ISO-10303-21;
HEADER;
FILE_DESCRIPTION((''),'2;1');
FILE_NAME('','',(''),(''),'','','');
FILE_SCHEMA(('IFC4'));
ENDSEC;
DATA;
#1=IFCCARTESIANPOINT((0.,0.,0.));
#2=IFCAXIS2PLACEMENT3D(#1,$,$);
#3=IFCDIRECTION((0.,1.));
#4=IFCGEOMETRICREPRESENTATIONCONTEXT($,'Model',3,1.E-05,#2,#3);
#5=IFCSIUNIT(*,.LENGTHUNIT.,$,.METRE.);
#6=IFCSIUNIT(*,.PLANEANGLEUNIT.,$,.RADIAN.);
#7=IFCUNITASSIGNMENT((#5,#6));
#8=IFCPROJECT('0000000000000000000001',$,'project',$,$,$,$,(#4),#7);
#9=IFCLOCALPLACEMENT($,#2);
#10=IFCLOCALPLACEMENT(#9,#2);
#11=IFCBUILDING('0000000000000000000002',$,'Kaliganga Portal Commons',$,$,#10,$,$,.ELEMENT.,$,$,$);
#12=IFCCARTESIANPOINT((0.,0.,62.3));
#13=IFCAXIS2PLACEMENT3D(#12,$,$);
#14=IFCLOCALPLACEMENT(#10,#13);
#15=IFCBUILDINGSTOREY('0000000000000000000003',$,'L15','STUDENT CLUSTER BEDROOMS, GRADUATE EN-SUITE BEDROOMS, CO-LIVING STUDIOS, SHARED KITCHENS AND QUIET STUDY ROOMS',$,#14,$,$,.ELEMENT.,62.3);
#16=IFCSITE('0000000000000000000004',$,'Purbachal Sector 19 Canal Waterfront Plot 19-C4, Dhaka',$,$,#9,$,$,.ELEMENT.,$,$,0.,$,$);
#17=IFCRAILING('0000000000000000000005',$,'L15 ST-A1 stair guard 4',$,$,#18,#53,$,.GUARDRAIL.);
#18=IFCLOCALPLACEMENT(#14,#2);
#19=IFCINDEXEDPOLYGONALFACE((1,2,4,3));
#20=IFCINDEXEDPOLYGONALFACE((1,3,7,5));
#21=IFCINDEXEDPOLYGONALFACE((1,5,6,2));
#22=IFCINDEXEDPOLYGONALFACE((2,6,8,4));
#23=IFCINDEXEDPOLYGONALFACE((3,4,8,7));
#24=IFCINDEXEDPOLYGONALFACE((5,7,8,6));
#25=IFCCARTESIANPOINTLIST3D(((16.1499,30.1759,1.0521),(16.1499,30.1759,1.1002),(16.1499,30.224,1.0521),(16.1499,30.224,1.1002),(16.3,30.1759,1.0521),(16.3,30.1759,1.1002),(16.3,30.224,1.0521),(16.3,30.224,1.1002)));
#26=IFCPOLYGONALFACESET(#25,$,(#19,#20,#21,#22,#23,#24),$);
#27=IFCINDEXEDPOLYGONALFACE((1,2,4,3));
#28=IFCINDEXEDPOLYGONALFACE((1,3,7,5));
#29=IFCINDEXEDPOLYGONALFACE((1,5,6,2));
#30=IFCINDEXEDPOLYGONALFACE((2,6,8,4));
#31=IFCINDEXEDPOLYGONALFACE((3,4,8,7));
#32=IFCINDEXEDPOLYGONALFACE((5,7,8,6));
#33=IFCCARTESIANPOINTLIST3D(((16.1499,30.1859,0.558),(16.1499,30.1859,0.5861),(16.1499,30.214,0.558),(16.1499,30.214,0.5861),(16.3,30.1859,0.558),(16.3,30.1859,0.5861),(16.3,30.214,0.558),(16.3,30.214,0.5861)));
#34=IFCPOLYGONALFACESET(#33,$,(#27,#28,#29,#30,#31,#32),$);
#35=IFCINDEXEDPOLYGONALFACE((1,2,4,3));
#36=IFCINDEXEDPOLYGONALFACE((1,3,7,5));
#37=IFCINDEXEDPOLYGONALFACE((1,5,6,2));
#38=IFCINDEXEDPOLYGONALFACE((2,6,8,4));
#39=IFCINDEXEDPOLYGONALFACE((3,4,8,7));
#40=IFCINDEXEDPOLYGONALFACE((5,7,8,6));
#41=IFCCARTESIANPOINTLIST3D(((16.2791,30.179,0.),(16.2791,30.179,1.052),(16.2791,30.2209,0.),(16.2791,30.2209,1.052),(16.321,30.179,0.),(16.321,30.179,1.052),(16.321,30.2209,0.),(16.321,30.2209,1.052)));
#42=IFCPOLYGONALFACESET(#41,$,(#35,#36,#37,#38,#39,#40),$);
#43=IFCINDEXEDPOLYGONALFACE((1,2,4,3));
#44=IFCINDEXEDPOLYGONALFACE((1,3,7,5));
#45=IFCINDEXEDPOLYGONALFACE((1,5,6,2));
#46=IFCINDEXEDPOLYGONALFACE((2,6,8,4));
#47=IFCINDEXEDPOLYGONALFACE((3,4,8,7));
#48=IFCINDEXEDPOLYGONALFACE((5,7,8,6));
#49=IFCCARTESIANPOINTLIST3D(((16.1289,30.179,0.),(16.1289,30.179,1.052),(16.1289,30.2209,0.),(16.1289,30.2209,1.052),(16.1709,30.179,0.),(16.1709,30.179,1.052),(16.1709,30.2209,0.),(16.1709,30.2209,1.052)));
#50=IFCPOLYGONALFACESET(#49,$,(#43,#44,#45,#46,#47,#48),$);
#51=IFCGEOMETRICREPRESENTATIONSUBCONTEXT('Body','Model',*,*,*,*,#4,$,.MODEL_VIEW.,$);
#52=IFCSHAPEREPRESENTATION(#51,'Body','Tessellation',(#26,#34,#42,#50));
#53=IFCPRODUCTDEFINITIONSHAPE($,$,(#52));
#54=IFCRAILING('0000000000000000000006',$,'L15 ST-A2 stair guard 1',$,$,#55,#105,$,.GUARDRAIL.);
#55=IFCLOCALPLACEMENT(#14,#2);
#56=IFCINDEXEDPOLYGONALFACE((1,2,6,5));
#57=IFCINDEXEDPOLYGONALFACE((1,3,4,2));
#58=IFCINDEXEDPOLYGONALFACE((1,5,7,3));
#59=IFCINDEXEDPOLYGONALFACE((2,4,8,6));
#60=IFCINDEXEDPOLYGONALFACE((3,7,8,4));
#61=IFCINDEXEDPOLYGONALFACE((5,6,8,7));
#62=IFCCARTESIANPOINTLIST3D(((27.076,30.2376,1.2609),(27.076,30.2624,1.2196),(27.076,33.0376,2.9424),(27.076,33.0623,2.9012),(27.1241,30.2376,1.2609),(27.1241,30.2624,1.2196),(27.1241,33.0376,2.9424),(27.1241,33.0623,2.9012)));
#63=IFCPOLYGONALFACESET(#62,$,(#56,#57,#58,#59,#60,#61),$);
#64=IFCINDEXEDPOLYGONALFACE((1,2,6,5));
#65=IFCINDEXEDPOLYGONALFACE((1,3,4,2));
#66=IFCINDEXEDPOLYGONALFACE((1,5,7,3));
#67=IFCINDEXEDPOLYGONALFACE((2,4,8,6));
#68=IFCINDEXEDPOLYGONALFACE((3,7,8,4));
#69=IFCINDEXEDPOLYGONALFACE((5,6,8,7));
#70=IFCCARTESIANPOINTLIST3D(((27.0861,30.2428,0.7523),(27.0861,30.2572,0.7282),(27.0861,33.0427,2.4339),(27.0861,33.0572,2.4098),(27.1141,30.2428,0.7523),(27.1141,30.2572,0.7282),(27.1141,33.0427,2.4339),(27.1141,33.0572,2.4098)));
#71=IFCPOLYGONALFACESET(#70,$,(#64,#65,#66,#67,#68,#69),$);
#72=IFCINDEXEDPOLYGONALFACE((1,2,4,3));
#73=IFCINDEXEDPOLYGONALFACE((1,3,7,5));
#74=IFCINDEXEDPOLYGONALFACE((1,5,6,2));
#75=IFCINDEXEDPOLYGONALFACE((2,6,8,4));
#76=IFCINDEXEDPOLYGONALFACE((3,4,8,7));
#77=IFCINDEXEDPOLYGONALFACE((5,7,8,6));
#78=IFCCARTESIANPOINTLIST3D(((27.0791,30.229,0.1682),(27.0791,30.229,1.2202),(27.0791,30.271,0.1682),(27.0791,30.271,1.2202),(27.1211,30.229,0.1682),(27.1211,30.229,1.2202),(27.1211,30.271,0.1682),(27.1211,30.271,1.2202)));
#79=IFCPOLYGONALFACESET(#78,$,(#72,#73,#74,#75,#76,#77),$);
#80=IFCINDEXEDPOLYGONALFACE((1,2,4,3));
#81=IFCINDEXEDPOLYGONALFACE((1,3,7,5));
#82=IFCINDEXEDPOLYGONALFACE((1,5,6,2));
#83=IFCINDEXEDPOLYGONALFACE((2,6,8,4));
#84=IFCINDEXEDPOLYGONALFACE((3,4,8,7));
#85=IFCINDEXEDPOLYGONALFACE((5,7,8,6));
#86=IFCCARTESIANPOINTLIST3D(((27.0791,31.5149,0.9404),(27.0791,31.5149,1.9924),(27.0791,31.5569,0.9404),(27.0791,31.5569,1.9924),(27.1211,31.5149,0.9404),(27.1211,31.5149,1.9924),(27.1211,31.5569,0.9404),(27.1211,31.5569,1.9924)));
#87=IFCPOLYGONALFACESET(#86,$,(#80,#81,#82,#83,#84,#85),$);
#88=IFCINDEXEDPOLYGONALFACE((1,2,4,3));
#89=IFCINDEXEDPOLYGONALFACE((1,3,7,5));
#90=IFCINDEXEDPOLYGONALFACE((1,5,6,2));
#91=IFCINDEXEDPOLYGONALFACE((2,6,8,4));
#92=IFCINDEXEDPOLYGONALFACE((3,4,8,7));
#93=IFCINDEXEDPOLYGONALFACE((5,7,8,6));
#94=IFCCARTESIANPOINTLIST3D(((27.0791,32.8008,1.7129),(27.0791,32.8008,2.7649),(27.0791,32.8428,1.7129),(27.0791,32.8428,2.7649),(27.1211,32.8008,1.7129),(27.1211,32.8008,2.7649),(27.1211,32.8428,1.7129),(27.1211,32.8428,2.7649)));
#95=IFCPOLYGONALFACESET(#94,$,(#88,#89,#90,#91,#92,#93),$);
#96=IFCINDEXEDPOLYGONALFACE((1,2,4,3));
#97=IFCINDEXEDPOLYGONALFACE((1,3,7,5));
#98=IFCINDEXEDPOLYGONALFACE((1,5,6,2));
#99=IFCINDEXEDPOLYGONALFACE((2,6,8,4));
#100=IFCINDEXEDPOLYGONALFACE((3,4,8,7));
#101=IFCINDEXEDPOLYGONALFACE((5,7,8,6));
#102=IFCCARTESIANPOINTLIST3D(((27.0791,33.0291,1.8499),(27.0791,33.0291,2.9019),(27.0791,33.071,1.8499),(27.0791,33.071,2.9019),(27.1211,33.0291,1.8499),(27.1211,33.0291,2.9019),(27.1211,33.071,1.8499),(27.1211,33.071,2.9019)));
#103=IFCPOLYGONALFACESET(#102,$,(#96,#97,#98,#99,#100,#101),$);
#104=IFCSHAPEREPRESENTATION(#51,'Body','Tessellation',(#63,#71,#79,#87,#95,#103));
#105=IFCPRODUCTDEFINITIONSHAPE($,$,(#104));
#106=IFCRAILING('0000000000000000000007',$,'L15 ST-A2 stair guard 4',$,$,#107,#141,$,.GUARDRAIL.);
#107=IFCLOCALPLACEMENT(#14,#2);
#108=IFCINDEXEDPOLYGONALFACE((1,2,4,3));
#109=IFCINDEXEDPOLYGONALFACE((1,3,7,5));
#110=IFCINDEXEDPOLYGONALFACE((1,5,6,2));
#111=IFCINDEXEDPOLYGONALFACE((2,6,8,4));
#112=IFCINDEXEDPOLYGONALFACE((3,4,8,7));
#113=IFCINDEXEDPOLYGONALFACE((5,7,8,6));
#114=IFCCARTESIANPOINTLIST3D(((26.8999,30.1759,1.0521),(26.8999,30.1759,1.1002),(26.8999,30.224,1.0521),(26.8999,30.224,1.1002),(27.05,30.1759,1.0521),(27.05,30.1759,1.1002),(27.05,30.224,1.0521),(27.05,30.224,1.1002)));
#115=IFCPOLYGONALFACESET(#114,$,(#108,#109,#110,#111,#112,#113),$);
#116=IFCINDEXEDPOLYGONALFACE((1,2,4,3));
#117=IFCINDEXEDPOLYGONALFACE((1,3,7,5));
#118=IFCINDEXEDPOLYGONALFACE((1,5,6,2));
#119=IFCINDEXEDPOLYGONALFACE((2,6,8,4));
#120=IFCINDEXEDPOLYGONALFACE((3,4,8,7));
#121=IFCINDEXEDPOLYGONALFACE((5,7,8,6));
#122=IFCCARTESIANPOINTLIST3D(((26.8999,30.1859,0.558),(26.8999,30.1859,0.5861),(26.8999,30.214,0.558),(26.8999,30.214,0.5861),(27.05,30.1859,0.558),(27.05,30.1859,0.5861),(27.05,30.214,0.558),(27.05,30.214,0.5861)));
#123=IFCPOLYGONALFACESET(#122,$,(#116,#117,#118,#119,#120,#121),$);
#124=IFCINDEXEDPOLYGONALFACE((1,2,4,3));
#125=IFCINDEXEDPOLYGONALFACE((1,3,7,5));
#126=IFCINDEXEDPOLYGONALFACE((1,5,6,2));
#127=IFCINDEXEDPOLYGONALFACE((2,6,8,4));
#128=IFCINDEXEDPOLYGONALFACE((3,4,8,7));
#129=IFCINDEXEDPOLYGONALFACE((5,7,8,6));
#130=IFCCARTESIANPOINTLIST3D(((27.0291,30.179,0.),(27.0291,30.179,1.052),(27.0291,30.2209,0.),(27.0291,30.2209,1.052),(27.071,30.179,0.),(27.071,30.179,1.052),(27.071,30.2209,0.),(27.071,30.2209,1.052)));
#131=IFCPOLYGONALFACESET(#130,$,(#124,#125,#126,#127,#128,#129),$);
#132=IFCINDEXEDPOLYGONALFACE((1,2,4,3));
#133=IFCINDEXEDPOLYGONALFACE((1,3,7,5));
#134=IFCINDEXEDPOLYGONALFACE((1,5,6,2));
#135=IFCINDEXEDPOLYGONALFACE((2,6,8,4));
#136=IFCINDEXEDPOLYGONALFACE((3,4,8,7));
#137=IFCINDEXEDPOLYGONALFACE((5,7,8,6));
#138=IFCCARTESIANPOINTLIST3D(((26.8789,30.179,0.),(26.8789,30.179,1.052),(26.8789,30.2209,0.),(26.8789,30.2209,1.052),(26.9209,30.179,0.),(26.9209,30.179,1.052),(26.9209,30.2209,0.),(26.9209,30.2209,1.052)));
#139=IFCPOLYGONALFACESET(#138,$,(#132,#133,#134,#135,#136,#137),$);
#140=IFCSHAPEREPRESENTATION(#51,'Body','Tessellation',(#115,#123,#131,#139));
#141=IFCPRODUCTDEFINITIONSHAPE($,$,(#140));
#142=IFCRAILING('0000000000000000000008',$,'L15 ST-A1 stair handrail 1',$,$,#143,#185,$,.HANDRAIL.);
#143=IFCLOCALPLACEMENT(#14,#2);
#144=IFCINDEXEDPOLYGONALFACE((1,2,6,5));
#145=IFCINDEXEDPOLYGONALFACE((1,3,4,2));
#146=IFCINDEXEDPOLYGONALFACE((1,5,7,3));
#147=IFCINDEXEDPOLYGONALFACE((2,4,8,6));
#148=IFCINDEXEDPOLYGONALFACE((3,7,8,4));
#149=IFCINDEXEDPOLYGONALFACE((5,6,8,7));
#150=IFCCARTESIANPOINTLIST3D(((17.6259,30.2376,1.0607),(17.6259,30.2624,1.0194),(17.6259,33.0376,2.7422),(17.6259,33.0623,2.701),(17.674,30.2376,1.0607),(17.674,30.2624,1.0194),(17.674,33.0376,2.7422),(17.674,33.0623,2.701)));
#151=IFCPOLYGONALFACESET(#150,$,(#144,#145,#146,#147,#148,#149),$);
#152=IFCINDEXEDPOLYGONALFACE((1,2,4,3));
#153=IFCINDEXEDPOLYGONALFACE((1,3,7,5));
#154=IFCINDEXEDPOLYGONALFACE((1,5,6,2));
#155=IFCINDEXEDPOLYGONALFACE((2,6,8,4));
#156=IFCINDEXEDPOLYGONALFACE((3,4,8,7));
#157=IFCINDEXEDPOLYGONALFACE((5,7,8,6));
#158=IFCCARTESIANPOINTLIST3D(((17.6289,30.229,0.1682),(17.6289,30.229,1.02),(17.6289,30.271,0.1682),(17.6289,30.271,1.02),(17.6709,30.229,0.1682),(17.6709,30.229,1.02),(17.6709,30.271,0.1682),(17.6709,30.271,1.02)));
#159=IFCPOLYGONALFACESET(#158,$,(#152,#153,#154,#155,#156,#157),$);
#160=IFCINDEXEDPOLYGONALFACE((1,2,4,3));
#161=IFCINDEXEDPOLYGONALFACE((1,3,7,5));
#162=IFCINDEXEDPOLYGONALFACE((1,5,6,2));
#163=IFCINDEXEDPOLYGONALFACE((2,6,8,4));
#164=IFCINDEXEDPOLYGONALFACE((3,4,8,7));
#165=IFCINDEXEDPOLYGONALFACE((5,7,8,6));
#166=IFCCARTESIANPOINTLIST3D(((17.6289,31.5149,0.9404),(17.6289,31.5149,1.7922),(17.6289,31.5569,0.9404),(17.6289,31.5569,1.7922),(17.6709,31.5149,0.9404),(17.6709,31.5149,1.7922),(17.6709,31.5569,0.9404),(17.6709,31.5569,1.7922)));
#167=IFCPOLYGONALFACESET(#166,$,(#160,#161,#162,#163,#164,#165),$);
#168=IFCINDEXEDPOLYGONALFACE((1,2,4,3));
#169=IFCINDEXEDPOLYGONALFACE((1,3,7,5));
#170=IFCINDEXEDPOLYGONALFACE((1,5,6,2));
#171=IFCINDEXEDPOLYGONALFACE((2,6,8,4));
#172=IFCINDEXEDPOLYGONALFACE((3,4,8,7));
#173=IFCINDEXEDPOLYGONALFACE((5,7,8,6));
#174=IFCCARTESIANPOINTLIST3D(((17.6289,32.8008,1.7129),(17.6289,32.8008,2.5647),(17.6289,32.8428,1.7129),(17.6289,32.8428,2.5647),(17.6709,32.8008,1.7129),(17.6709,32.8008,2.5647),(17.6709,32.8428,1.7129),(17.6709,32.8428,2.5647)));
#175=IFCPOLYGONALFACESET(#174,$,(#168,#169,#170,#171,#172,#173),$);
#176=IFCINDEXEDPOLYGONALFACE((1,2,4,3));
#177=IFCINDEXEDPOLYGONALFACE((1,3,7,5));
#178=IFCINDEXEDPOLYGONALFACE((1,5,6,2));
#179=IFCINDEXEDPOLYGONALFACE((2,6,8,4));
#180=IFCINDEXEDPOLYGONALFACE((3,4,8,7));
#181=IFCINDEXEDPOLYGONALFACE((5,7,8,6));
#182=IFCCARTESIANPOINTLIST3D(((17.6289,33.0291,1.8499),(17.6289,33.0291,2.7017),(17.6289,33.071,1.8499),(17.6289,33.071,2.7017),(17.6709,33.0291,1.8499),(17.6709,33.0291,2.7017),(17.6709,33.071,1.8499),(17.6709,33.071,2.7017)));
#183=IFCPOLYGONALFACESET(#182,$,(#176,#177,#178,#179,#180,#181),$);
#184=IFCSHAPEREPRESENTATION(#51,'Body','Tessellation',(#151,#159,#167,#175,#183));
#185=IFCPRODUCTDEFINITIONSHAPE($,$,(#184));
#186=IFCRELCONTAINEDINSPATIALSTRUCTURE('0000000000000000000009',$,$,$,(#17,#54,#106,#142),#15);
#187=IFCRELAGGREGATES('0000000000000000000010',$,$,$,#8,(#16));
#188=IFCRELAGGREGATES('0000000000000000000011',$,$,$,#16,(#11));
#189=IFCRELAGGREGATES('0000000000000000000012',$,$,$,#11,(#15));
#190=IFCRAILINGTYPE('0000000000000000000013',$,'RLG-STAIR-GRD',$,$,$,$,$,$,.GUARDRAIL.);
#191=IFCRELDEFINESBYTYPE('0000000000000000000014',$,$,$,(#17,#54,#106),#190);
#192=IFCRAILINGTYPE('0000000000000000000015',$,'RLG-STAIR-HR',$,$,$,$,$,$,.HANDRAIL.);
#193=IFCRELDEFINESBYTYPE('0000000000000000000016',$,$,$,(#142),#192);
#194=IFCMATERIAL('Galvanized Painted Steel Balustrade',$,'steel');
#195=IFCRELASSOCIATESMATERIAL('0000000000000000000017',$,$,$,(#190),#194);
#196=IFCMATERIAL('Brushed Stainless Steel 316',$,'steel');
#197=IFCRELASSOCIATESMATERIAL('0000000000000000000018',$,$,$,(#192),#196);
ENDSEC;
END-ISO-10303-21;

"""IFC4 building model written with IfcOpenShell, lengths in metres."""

from ifc_helpers import new_model, si_unit, direction, frame, origin, origin_2d, place, context, subcontext, project, spatial, rectangle, extrude, material, type_object, element, save


model = new_model("IFC4")

# Units and contexts
model_context = context("Model", 3, precision=1e-05, world=origin(), true_north=direction((0.0, 1.0)))
body_context = subcontext(model_context, "Body", "Model", "MODEL_VIEW")
ifc_project = project(units=[si_unit("LENGTHUNIT", "METRE"), si_unit("PLANEANGLEUNIT", "RADIAN")], contexts=[model_context])

# Site, building, storey
site_placement = place(None, origin())
site = spatial("IfcSite", under=ifc_project, at=site_placement, Name="Purbachal Sector 19 Canal Waterfront Plot 19-C4, Dhaka", CompositionType="ELEMENT", RefElevation=0.0)
building_placement = place(site_placement, origin())
building = spatial("IfcBuilding", under=site, at=building_placement, Name="Kaliganga Portal Commons", CompositionType="ELEMENT")
storey_placement = place(building_placement, frame((0.0, 0.0, 62.3)))
storey = spatial("IfcBuildingStorey", under=building, at=storey_placement, Name="L15", Description="STUDENT CLUSTER BEDROOMS, GRADUATE EN-SUITE BEDROOMS, CO-LIVING STUDIOS, SHARED KITCHENS AND QUIET STUDY ROOMS", CompositionType="ELEMENT", Elevation=62.3)

# Railings
ifc_material_1 = material(Name="Galvanized Painted Steel Balustrade", Category="steel")
railing_type_1 = type_object("IfcRailingType", Name="RLG-STAIR-GRD", PredefinedType="GUARDRAIL", material=ifc_material_1)
railing_1_placement = place(storey_placement, frame((16.3, 30.2, 0.0)))
element("IfcRailing", 1, at=railing_1_placement, inside=storey, type_object=railing_type_1, Name="L15 ST-A1 stair guard 4", PredefinedType="GUARDRAIL", context=body_context, shape_type="SweptSolid", body=[
    extrude(rectangle(XDim=0.0481, YDim=0.0481, at=origin_2d()), frame((0.0, 0.0, 1.0762), z_axis=(-1.0, 0.0, 0.0), x_axis=(0.0, -1.0, 0.0)), (0.0, 0.0, 1.0), 0.1501),
    extrude(rectangle(XDim=0.0281, YDim=0.0281, at=origin_2d()), frame((0.0, 0.0, 0.572), z_axis=(-1.0, 0.0, 0.0), x_axis=(0.0, -1.0, 0.0)), (0.0, 0.0, 1.0), 0.1501),
    extrude(rectangle(XDim=0.042, YDim=0.042, at=origin_2d()), origin(), (0.0, 0.0, 1.0), 1.052),
    extrude(rectangle(XDim=0.042, YDim=0.042, at=origin_2d()), frame((-0.1501, 0.0, 0.0)), (0.0, 0.0, 1.0), 1.052),
])
railing_2_placement = place(storey_placement, frame((27.1001, 30.25, 0.1682)))
element("IfcRailing", 2, at=railing_2_placement, inside=storey, type_object=railing_type_1, Name="L15 ST-A2 stair guard 1", PredefinedType="GUARDRAIL", context=body_context, shape_type="SweptSolid", body=[
    extrude(rectangle(XDim=0.0481, YDim=0.0481, at=origin_2d()), frame((0.0, 0.0, 1.072), z_axis=(0.0, 0.857275, 0.514858), x_axis=(-1.0, 0.0, 0.0)), (0.0, 0.0, 1.0), 3.2661),
    extrude(rectangle(XDim=0.0281, YDim=0.0281, at=origin_2d()), frame((0.0, 0.0, 0.572), z_axis=(0.0, 0.857275, 0.514858), x_axis=(-1.0, 0.0, 0.0)), (0.0, 0.0, 1.0), 3.2661),
    extrude(rectangle(XDim=0.042, YDim=0.042, at=origin_2d()), origin(), (0.0, 0.0, 1.0), 1.052),
    extrude(rectangle(XDim=0.042, YDim=0.042, at=origin_2d()), frame((0.0, 1.2859, 0.7722)), (0.0, 0.0, 1.0), 1.052),
    extrude(rectangle(XDim=0.042, YDim=0.042, at=origin_2d()), frame((0.0, 2.5718, 1.5447)), (0.0, 0.0, 1.0), 1.052),
    extrude(rectangle(XDim=0.042, YDim=0.042, at=origin_2d()), frame((0.0, 2.8, 1.6816)), (0.0, 0.0, 1.0), 1.052),
])
railing_3_placement = place(storey_placement, frame((27.05, 30.2, 0.0)))
element("IfcRailing", 3, at=railing_3_placement, inside=storey, type_object=railing_type_1, Name="L15 ST-A2 stair guard 4", PredefinedType="GUARDRAIL", context=body_context, shape_type="SweptSolid", body=[
    extrude(rectangle(XDim=0.0481, YDim=0.0481, at=origin_2d()), frame((0.0, 0.0, 1.0762), z_axis=(-1.0, 0.0, 0.0), x_axis=(0.0, -1.0, 0.0)), (0.0, 0.0, 1.0), 0.1501),
    extrude(rectangle(XDim=0.0281, YDim=0.0281, at=origin_2d()), frame((0.0, 0.0, 0.572), z_axis=(-1.0, 0.0, 0.0), x_axis=(0.0, -1.0, 0.0)), (0.0, 0.0, 1.0), 0.1501),
    extrude(rectangle(XDim=0.042, YDim=0.042, at=origin_2d()), origin(), (0.0, 0.0, 1.0), 1.052),
    extrude(rectangle(XDim=0.042, YDim=0.042, at=origin_2d()), frame((-0.1501, 0.0, 0.0)), (0.0, 0.0, 1.0), 1.052),
])
ifc_material_2 = material(Name="Brushed Stainless Steel 316", Category="steel")
railing_type_2 = type_object("IfcRailingType", Name="RLG-STAIR-HR", PredefinedType="HANDRAIL", material=ifc_material_2)
railing_4_placement = place(storey_placement, frame((17.6499, 30.25, 0.1682)))
element("IfcRailing", 4, at=railing_4_placement, inside=storey, type_object=railing_type_2, Name="L15 ST-A1 stair handrail 1", PredefinedType="HANDRAIL", context=body_context, shape_type="SweptSolid", body=[
    extrude(rectangle(XDim=0.0481, YDim=0.0481, at=origin_2d()), frame((0.0, 0.0, 0.8718), z_axis=(0.0, 0.857275, 0.514858), x_axis=(-1.0, 0.0, 0.0)), (0.0, 0.0, 1.0), 3.2661),
    extrude(rectangle(XDim=0.042, YDim=0.042, at=origin_2d()), origin(), (0.0, 0.0, 1.0), 0.8518),
    extrude(rectangle(XDim=0.042, YDim=0.042, at=origin_2d()), frame((0.0, 1.2859, 0.7722)), (0.0, 0.0, 1.0), 0.8518),
    extrude(rectangle(XDim=0.042, YDim=0.042, at=origin_2d()), frame((0.0, 2.5718, 1.5447)), (0.0, 0.0, 1.0), 0.8518),
    extrude(rectangle(XDim=0.042, YDim=0.042, at=origin_2d()), frame((0.0, 2.8, 1.6816)), (0.0, 0.0, 1.0), 0.8518),
])

save(model, "model.ifc")
